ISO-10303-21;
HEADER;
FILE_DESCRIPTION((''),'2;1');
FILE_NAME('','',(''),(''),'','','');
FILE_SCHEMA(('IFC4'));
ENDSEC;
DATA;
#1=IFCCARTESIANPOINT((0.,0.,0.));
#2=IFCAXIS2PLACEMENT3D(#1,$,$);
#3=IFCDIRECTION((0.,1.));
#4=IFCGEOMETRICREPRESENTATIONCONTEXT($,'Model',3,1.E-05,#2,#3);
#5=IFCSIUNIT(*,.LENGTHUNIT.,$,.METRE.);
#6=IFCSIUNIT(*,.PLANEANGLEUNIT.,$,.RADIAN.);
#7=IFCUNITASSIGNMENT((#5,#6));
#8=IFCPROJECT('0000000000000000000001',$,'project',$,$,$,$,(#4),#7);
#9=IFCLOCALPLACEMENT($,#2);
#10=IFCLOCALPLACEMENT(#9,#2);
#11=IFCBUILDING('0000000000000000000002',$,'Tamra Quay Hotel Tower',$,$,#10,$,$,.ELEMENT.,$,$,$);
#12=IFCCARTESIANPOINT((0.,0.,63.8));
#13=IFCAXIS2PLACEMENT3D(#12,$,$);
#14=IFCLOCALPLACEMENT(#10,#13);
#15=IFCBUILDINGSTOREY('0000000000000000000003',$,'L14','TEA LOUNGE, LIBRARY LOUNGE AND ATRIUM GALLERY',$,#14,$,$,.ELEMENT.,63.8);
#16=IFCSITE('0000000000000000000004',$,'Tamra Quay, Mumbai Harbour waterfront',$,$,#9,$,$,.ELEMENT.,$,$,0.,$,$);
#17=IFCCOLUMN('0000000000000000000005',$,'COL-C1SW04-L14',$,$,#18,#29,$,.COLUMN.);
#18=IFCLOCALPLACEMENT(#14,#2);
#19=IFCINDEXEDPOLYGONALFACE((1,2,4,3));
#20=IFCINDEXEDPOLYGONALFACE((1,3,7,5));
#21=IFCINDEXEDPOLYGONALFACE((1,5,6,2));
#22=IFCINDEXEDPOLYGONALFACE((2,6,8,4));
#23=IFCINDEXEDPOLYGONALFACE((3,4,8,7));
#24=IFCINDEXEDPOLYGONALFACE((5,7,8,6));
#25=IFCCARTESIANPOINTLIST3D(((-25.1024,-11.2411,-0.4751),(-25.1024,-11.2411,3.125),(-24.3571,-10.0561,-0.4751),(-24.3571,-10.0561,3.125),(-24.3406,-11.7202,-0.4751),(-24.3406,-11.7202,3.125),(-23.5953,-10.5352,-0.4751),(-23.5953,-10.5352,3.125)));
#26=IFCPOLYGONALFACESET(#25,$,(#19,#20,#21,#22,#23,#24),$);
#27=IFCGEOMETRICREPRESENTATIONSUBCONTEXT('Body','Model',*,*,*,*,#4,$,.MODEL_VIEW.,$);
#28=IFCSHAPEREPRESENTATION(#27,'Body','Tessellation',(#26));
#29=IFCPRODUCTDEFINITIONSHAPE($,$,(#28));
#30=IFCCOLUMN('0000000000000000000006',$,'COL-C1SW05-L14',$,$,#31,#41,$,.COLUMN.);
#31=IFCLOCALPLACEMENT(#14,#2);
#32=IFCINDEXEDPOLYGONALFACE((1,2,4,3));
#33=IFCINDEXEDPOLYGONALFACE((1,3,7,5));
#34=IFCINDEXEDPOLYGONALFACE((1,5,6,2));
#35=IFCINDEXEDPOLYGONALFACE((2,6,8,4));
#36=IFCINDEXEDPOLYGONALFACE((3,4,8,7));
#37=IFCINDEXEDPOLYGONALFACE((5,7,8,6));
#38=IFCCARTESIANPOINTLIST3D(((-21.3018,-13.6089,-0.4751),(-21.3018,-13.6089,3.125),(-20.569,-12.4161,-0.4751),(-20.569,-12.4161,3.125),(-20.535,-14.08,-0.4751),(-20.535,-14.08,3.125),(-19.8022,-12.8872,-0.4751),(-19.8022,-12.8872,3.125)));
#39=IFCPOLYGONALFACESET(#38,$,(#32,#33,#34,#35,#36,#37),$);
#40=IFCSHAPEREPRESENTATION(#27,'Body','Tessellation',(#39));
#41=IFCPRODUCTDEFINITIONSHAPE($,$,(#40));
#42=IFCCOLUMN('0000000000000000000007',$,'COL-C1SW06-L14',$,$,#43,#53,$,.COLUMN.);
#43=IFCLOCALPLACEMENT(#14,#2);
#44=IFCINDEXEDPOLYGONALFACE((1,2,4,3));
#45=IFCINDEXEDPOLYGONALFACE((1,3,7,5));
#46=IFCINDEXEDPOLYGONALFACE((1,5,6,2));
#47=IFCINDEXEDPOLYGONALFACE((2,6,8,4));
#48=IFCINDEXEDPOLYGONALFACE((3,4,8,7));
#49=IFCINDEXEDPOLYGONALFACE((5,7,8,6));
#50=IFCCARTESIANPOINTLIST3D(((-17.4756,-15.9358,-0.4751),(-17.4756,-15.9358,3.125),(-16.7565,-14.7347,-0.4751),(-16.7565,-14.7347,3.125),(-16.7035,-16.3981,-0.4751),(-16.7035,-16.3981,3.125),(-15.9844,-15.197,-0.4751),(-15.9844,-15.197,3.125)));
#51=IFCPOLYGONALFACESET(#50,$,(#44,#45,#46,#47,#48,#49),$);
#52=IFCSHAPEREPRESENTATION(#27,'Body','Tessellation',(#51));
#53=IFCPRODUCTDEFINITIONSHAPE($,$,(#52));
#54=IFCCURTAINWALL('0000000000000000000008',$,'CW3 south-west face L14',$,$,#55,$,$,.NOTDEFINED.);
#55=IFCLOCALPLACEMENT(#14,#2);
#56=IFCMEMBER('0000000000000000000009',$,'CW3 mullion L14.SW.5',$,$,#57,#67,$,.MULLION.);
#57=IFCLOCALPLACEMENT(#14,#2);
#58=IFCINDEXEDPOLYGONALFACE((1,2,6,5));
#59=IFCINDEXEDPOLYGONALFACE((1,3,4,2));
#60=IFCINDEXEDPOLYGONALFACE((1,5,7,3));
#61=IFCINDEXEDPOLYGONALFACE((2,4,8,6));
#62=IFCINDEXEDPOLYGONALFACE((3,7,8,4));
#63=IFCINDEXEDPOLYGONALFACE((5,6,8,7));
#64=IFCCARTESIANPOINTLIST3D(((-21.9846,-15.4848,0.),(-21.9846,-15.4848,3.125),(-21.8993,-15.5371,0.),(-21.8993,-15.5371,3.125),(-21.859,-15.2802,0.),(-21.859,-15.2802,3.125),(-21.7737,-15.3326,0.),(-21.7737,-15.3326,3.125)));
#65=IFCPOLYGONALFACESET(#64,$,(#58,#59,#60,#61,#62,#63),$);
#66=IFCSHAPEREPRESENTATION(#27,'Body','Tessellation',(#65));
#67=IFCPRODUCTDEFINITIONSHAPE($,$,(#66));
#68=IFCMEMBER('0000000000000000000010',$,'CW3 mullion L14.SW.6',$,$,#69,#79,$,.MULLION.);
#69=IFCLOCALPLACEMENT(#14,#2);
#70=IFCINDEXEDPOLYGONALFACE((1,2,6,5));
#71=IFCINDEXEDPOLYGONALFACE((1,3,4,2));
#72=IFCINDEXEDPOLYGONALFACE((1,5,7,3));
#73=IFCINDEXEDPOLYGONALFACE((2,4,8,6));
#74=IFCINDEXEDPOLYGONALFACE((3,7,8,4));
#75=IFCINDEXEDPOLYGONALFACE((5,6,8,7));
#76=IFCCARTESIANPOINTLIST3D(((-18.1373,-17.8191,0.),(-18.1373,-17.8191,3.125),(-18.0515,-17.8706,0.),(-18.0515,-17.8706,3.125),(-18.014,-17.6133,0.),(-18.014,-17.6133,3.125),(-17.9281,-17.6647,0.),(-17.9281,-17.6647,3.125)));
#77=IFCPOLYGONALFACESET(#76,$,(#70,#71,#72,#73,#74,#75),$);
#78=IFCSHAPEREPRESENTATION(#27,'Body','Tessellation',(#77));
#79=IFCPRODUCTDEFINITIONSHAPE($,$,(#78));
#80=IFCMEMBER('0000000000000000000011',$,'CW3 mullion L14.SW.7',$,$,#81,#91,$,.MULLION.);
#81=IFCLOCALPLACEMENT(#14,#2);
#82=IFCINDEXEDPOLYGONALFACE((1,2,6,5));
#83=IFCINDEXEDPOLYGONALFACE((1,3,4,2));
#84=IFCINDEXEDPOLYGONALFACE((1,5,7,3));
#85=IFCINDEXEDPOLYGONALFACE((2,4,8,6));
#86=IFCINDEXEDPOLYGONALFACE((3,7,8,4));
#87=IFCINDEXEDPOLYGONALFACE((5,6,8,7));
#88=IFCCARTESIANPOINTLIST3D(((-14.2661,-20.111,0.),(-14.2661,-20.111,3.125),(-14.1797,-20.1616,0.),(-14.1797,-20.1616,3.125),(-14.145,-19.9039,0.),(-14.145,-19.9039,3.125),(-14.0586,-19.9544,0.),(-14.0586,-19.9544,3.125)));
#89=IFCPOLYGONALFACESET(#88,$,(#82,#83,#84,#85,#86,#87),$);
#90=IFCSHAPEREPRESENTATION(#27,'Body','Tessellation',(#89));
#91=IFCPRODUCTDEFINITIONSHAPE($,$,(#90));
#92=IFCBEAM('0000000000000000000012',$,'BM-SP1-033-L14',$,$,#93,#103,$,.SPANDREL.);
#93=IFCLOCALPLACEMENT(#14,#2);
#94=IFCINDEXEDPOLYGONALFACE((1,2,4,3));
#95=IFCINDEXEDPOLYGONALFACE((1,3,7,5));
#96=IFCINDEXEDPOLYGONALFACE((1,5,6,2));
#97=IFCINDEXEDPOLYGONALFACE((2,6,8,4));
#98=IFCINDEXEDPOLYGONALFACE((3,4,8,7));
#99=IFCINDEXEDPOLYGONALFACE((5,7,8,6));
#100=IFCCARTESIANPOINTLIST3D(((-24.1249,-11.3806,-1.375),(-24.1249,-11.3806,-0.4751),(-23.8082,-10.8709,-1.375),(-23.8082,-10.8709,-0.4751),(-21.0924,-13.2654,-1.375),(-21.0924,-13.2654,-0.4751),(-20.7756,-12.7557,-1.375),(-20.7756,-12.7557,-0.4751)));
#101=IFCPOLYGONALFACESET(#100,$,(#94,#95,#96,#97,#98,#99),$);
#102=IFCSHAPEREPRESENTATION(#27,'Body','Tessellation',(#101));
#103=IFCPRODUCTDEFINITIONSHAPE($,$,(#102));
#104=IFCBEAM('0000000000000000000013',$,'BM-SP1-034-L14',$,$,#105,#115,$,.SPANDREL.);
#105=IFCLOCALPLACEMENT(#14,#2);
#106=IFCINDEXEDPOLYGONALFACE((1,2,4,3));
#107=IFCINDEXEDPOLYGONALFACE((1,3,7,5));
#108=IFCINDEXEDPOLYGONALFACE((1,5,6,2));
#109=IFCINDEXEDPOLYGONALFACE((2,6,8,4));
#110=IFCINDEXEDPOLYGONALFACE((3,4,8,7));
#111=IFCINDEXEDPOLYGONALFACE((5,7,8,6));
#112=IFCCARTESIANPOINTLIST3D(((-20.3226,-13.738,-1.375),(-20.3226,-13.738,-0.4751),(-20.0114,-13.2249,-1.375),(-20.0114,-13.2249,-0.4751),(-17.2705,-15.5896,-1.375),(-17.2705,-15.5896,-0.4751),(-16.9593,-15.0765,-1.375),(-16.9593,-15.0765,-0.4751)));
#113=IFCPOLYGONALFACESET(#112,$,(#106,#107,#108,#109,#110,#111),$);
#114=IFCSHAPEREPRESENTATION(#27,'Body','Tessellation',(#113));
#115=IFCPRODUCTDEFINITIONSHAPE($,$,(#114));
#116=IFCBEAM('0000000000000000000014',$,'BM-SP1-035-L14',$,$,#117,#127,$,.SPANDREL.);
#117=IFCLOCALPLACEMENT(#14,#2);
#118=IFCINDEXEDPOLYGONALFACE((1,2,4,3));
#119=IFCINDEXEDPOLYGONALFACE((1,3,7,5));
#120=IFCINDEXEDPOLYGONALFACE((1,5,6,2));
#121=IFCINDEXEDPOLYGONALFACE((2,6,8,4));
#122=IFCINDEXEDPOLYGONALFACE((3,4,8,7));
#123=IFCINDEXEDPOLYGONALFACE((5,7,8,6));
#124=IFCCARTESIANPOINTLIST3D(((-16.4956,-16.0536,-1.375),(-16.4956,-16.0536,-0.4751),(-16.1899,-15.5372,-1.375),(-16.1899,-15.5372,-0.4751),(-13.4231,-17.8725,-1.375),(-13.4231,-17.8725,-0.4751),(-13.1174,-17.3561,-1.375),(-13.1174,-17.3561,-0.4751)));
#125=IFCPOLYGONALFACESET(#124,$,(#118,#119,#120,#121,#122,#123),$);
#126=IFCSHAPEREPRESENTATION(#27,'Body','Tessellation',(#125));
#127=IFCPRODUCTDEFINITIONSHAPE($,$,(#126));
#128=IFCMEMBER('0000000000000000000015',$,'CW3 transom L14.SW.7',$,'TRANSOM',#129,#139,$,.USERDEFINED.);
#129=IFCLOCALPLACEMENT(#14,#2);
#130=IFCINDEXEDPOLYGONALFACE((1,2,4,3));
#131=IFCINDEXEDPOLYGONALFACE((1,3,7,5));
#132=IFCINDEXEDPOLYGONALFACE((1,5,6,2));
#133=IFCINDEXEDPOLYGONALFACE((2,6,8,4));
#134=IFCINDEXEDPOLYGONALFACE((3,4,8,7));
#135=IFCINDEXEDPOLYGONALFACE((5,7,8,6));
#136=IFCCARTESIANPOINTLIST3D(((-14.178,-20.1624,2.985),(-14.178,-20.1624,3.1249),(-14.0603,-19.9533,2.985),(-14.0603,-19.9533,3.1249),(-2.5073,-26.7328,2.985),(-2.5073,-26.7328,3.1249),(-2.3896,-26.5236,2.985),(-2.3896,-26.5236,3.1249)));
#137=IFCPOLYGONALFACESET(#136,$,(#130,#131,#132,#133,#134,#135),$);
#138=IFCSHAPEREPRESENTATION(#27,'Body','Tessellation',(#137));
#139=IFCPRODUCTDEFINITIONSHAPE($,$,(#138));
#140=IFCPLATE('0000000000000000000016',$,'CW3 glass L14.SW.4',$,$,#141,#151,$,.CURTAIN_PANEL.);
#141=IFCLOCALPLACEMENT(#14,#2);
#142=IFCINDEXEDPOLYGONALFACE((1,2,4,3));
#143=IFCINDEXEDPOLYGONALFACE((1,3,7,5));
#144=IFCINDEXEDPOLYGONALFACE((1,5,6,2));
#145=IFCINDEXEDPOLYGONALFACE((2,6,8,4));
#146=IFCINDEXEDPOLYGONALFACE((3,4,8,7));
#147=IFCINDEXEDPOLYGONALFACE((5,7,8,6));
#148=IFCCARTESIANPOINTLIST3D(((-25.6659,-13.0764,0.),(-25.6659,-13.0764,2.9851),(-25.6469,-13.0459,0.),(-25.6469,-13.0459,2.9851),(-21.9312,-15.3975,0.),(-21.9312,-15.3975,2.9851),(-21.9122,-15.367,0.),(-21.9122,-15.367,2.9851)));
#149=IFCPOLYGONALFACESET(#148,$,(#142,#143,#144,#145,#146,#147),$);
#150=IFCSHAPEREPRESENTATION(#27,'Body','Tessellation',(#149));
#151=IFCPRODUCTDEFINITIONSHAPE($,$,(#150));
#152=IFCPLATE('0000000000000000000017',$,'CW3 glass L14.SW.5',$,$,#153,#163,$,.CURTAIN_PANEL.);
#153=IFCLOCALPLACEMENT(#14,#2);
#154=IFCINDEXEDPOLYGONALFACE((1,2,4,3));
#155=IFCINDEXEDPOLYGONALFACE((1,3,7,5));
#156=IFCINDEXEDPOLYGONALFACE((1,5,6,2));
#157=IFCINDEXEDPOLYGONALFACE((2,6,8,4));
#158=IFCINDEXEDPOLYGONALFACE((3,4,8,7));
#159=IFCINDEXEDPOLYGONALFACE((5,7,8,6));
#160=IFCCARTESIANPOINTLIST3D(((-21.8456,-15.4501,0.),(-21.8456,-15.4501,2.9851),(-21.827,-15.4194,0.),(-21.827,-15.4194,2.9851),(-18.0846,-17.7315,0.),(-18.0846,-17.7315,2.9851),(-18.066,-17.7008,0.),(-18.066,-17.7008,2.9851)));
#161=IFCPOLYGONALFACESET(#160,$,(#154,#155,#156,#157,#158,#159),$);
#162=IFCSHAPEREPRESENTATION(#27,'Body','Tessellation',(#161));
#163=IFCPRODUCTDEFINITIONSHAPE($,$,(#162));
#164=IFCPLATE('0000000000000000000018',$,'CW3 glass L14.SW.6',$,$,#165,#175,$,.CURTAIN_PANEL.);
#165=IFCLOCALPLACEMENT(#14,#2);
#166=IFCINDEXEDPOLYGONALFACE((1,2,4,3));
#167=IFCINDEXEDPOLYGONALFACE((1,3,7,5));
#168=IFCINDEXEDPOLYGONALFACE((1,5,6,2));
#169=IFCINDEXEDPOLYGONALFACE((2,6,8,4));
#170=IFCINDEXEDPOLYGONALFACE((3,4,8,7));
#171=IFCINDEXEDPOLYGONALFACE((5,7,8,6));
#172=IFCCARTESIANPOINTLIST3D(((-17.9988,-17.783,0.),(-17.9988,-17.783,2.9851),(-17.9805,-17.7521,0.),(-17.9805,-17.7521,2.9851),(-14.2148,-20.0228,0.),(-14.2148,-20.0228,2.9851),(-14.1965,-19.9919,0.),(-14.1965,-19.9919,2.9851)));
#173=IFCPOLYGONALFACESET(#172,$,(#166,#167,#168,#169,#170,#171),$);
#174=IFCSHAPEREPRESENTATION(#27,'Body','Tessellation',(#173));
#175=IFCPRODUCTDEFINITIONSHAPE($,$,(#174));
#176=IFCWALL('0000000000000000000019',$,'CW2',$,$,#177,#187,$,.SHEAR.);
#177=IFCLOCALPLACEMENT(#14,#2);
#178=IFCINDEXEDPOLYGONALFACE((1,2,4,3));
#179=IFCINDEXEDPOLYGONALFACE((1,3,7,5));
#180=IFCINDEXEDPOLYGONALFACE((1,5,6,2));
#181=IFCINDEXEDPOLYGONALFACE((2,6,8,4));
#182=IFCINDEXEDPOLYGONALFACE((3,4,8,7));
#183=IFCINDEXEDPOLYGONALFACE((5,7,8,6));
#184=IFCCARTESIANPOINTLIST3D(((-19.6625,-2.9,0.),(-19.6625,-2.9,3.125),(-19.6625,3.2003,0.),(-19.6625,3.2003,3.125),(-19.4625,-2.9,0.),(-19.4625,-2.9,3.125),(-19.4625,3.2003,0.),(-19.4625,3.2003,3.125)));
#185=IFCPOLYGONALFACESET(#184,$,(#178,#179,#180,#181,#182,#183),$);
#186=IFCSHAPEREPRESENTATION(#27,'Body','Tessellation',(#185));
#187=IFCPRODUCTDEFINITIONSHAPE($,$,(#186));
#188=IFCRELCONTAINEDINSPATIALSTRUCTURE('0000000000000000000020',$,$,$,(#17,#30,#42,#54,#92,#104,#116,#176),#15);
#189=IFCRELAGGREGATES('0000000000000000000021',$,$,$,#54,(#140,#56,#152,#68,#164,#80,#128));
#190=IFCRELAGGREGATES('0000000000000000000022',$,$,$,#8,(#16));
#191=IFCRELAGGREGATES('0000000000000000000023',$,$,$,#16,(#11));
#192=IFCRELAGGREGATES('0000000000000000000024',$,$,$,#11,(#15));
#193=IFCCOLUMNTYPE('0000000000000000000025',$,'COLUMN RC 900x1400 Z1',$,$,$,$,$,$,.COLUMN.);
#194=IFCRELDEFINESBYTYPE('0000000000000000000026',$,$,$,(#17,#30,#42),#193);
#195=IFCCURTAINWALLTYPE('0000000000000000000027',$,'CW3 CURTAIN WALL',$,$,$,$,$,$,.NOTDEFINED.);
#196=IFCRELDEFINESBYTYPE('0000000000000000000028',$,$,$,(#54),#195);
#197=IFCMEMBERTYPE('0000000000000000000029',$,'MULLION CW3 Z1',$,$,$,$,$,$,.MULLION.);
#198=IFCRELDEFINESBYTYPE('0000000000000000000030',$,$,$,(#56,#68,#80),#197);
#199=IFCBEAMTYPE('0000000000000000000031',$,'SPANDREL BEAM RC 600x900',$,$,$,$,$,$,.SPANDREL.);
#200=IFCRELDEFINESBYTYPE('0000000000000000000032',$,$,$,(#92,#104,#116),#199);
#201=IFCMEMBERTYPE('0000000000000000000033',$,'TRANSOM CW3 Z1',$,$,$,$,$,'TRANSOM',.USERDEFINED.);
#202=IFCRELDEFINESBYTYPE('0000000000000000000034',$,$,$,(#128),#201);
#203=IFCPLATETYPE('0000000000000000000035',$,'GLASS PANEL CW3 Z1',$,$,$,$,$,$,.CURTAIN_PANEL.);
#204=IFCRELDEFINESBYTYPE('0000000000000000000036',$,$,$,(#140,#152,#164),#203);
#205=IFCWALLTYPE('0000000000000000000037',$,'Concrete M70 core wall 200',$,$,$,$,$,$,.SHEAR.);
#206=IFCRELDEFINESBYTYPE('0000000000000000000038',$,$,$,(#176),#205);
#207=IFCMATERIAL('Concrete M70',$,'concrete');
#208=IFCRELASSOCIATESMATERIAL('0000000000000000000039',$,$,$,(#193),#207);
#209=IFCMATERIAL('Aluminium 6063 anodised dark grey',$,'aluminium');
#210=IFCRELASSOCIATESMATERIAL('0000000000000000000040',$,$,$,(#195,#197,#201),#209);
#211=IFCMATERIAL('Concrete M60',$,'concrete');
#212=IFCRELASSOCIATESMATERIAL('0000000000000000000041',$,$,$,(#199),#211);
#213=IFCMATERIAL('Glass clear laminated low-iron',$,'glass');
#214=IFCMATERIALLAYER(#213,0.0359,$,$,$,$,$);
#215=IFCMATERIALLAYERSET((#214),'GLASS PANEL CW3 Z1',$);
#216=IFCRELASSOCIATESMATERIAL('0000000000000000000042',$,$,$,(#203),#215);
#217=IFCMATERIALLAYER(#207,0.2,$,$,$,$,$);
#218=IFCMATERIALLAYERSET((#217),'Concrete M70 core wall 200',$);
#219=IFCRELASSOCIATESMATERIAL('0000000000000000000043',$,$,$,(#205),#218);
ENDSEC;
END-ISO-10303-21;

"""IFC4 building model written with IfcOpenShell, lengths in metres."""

from ifc_helpers import new_model, si_unit, direction, frame, frame_2d, origin, origin_2d, place, context, subcontext, project, spatial, rectangle, extrude, material, layer, layer_set, material_profile, profile_set, type_object, element, aggregate, save


model = new_model("IFC4")

# Units and contexts
model_context = context("Model", 3, precision=1e-05, world=origin(), true_north=direction((0.0, 1.0)))
body_context = subcontext(model_context, "Body", "Model", "MODEL_VIEW")
ifc_project = project(units=[si_unit("LENGTHUNIT", "METRE"), si_unit("PLANEANGLEUNIT", "RADIAN")], contexts=[model_context])

# Site, building, storey
site_placement = place(None, origin())
site = spatial("IfcSite", under=ifc_project, at=site_placement, Name="Tamra Quay, Mumbai Harbour waterfront", CompositionType="ELEMENT", RefElevation=0.0)
building_placement = place(site_placement, origin())
building = spatial("IfcBuilding", under=site, at=building_placement, Name="Tamra Quay Hotel Tower", CompositionType="ELEMENT")
storey_placement = place(building_placement, frame((0.0, 0.0, 63.8)))
storey = spatial("IfcBuildingStorey", under=building, at=storey_placement, Name="L14", Description="TEA LOUNGE, LIBRARY LOUNGE AND ATRIUM GALLERY", CompositionType="ELEMENT", Elevation=63.8)

# Columns
ifc_material_1 = material(Name="Concrete M70", Category="concrete")
ifc_material_profile_1 = material_profile(ifc_material_1, rectangle(XDim=1.3999, YDim=0.8999, at=origin_2d()), Name="COLUMN RC 900x1400 Z1")
ifc_profile_set_1 = profile_set([ifc_material_profile_1], Name="Concrete M70")
column_type = type_object("IfcColumnType", Name="COLUMN RC 900x1400 Z1", PredefinedType="COLUMN", material=ifc_profile_set_1)
for number, where, z_axis, x_axis, name in (
    (1, (-24.3489, -10.8882, -0.4751), (0.0, 0.0, 1.0), (0.532389, 0.8465, 0.0), "COL-C1SW04-L14"),
    (2, (-20.552, -13.248, -0.4751), (0.0, 0.0, 1.0), (0.52343, 0.852069, 0.0), "COL-C1SW05-L14"),
    (3, (-16.73, -15.5664, -0.4751), (0.0, 0.0, 1.0), (0.513654, 0.857998, 0.0), "COL-C1SW06-L14"),
):
    element("IfcColumn", number, at=place(storey_placement, frame(where, z_axis=z_axis, x_axis=x_axis)), inside=storey, type_object=column_type, Name=name, PredefinedType="COLUMN", context=body_context, shape_type="SweptSolid", body=[
        extrude(rectangle(XDim=1.3999, YDim=0.8999, at=origin_2d()), origin(), (0.0, 0.0, 1.0), 3.6001),
    ])

# Curtain wall, members
ifc_material_2 = material(Name="Aluminium 6063 anodised dark grey", Category="aluminium")
curtain_wall_type = type_object("IfcCurtainWallType", Name="CW3 CURTAIN WALL", PredefinedType="NOTDEFINED", material=ifc_material_2)
curtain_wall_placement = place(storey_placement, origin())
curtain_wall = element("IfcCurtainWall", 4, at=curtain_wall_placement, inside=storey, type_object=curtain_wall_type, Name="CW3 south-west face L14", PredefinedType="NOTDEFINED")
ifc_material_profile_2 = material_profile(ifc_material_2, rectangle(XDim=0.24, YDim=0.1001, at=origin_2d()), Name="MULLION 100X240")
ifc_profile_set_2 = profile_set([ifc_material_profile_2], Name="Aluminium 6063 anodised dark grey")
member_type_1 = type_object("IfcMemberType", Name="MULLION CW3 Z1", PredefinedType="MULLION", material=ifc_profile_set_2)
member_1_placement = place(storey_placement, frame((-21.8792, -15.4087, 0.0), z_axis=(0.0, 0.0, 1.0), x_axis=(-0.523257, -0.852175, 0.0)))
member_1 = element("IfcMember", 5, at=member_1_placement, type_object=member_type_1, Name="CW3 mullion L14.SW.5", PredefinedType="MULLION", context=body_context, shape_type="SweptSolid", body=[
    extrude(rectangle(XDim=0.24, YDim=0.1001, at=origin_2d()), origin(), (0.0, 0.0, 1.0), 3.125),
])
member_2_placement = place(storey_placement, frame((-18.0327, -17.7419, 0.0), z_axis=(0.0, 0.0, 1.0), x_axis=(-0.514004, -0.857788, 0.0)))
member_2 = element("IfcMember", 6, at=member_2_placement, type_object=member_type_1, Name="CW3 mullion L14.SW.6", PredefinedType="MULLION", context=body_context, shape_type="SweptSolid", body=[
    extrude(rectangle(XDim=0.24, YDim=0.1001, at=origin_2d()), origin(), (0.0, 0.0, 1.0), 3.125),
])
member_3_placement = place(storey_placement, frame((-14.1624, -20.0327, 0.0), z_axis=(0.0, 0.0, 1.0), x_axis=(-0.504685, -0.863304, 0.0)))
member_3 = element("IfcMember", 7, at=member_3_placement, type_object=member_type_1, Name="CW3 mullion L14.SW.7", PredefinedType="MULLION", context=body_context, shape_type="SweptSolid", body=[
    extrude(rectangle(XDim=0.24, YDim=0.1001, at=origin_2d()), origin(), (0.0, 0.0, 1.0), 3.125),
])

# Beams
ifc_material_3 = material(Name="Concrete M60", Category="concrete")
ifc_material_profile_3 = material_profile(ifc_material_3, rectangle(XDim=0.6001, YDim=0.8999, at=origin_2d()), Name="SPANDREL BEAM RC 600x900")
ifc_profile_set_3 = profile_set([ifc_material_profile_3], Name="Concrete M60")
beam_type = type_object("IfcBeamType", Name="SPANDREL BEAM RC 600x900", PredefinedType="SPANDREL", material=ifc_profile_set_3)
beam_1_placement = place(storey_placement, frame((-23.9666, -11.1257, -0.925), z_axis=(0.849321, -0.527877, 0.0), x_axis=(0.527877, 0.849321, 0.0)))
element("IfcBeam", 8, at=beam_1_placement, inside=storey, type_object=beam_type, Name="BM-SP1-033-L14", PredefinedType="SPANDREL", context=body_context, shape_type="SweptSolid", body=[
    extrude(rectangle(XDim=0.6001, YDim=0.8999, at=origin_2d()), origin(), (0.0, 0.0, 1.0), 3.5706),
])
beam_2_placement = place(storey_placement, frame((-20.167, -13.4814, -0.925), z_axis=(0.854966, -0.518684, 0.0), x_axis=(0.518684, 0.854966, 0.0)))
element("IfcBeam", 9, at=beam_2_placement, inside=storey, type_object=beam_type, Name="BM-SP1-034-L14", PredefinedType="SPANDREL", context=body_context, shape_type="SweptSolid", body=[
    extrude(rectangle(XDim=0.6001, YDim=0.8999, at=origin_2d()), origin(), (0.0, 0.0, 1.0), 3.5698),
])
beam_3_placement = place(storey_placement, frame((-16.3428, -15.7954, -0.925), z_axis=(0.860525, -0.509409, 0.0), x_axis=(0.509409, 0.860525, 0.0)))
element("IfcBeam", 10, at=beam_3_placement, inside=storey, type_object=beam_type, Name="BM-SP1-035-L14", PredefinedType="SPANDREL", context=body_context, shape_type="SweptSolid", body=[
    extrude(rectangle(XDim=0.6001, YDim=0.8999, at=origin_2d()), origin(), (0.0, 0.0, 1.0), 3.5706),
])

# Member
ifc_material_profile_4 = material_profile(ifc_material_2, rectangle(XDim=0.24, YDim=0.1399, at=origin_2d()), Name="TRANSOM 240X140")
ifc_profile_set_4 = profile_set([ifc_material_profile_4], Name="Aluminium 6063 anodised dark grey")
member_type_2 = type_object("IfcMemberType", Name="TRANSOM CW3 Z1", ElementType="TRANSOM", PredefinedType="USERDEFINED", material=ifc_profile_set_4)
member_4_placement = place(storey_placement, frame((-14.1191, -20.0579, 3.0549), z_axis=(0.871398, -0.490577, 0.0), x_axis=(0.490577, 0.871398, 0.0)))
member_4 = element("IfcMember", 11, at=member_4_placement, type_object=member_type_2, Name="CW3 transom L14.SW.7", ObjectType="TRANSOM", PredefinedType="USERDEFINED", context=body_context, shape_type="SweptSolid", body=[
    extrude(rectangle(XDim=0.24, YDim=0.1399, at=origin_2d()), origin(), (0.0, 0.0, 1.0), 13.3931),
])

# Plates
ifc_material_4 = material(Name="Glass clear laminated low-iron", Category="glass")
ifc_layer_1 = layer(ifc_material_4, 0.0359)
ifc_layer_set_1 = layer_set([ifc_layer_1], Name="GLASS PANEL CW3 Z1")
plate_type = type_object("IfcPlateType", Name="GLASS PANEL CW3 Z1", PredefinedType="CURTAIN_PANEL", material=ifc_layer_set_1)
plate_1_placement = place(storey_placement, frame((-23.7891, -14.2217, 0.0), z_axis=(0.0, 0.0, 1.0), x_axis=(0.849331, -0.52786, 0.0)))
plate_1 = element("IfcPlate", 12, at=plate_1_placement, type_object=plate_type, Name="CW3 glass L14.SW.4", PredefinedType="CURTAIN_PANEL", context=body_context, shape_type="SweptSolid", body=[
    extrude(rectangle(XDim=4.3972, YDim=0.0359, at=origin_2d()), origin(), (0.0, 0.0, 1.0), 2.9851),
])
plate_2_placement = place(storey_placement, frame((-19.9558, -16.5754, 0.0), z_axis=(0.0, 0.0, 1.0), x_axis=(0.854994, -0.518639, 0.0)))
plate_2 = element("IfcPlate", 13, at=plate_2_placement, type_object=plate_type, Name="CW3 glass L14.SW.5", PredefinedType="CURTAIN_PANEL", context=body_context, shape_type="SweptSolid", body=[
    extrude(rectangle(XDim=4.3989, YDim=0.0359, at=origin_2d()), origin(), (0.0, 0.0, 1.0), 2.9851),
])
plate_3_placement = place(storey_placement, frame((-16.0977, -18.8875, 0.0), z_axis=(0.0, 0.0, 1.0), x_axis=(0.860557, -0.509355, 0.0)))
plate_3 = element("IfcPlate", 14, at=plate_3_placement, type_object=plate_type, Name="CW3 glass L14.SW.6", PredefinedType="CURTAIN_PANEL", context=body_context, shape_type="SweptSolid", body=[
    extrude(rectangle(XDim=4.3972, YDim=0.0359, at=origin_2d()), origin(), (0.0, 0.0, 1.0), 2.9851),
])
aggregate(curtain_wall, [plate_1, member_1, plate_2, member_2, plate_3, member_3, member_4])

# Wall
ifc_layer_2 = layer(ifc_material_1, 0.2)
ifc_layer_set_2 = layer_set([ifc_layer_2], Name="Concrete M70 core wall 200")
wall_type_1 = type_object("IfcWallType", Name="Concrete M70 core wall 200", PredefinedType="SHEAR", material=ifc_layer_set_2)
wall_1_placement = place(storey_placement, frame((-19.5625, -2.9001, 0.0), z_axis=(0.0, 0.0, 1.0), x_axis=(0.0, 1.0, 0.0)))
element("IfcWall", 15, at=wall_1_placement, inside=storey, type_object=wall_type_1, Name="CW2", PredefinedType="SHEAR", context=body_context, shape_type="SweptSolid", body=[
    extrude(rectangle(XDim=6.1003, YDim=0.2, at=frame_2d((3.0503, 0.0))), origin(), (0.0, 0.0, 1.0), 3.125),
])

save(model, "model.ifc")
